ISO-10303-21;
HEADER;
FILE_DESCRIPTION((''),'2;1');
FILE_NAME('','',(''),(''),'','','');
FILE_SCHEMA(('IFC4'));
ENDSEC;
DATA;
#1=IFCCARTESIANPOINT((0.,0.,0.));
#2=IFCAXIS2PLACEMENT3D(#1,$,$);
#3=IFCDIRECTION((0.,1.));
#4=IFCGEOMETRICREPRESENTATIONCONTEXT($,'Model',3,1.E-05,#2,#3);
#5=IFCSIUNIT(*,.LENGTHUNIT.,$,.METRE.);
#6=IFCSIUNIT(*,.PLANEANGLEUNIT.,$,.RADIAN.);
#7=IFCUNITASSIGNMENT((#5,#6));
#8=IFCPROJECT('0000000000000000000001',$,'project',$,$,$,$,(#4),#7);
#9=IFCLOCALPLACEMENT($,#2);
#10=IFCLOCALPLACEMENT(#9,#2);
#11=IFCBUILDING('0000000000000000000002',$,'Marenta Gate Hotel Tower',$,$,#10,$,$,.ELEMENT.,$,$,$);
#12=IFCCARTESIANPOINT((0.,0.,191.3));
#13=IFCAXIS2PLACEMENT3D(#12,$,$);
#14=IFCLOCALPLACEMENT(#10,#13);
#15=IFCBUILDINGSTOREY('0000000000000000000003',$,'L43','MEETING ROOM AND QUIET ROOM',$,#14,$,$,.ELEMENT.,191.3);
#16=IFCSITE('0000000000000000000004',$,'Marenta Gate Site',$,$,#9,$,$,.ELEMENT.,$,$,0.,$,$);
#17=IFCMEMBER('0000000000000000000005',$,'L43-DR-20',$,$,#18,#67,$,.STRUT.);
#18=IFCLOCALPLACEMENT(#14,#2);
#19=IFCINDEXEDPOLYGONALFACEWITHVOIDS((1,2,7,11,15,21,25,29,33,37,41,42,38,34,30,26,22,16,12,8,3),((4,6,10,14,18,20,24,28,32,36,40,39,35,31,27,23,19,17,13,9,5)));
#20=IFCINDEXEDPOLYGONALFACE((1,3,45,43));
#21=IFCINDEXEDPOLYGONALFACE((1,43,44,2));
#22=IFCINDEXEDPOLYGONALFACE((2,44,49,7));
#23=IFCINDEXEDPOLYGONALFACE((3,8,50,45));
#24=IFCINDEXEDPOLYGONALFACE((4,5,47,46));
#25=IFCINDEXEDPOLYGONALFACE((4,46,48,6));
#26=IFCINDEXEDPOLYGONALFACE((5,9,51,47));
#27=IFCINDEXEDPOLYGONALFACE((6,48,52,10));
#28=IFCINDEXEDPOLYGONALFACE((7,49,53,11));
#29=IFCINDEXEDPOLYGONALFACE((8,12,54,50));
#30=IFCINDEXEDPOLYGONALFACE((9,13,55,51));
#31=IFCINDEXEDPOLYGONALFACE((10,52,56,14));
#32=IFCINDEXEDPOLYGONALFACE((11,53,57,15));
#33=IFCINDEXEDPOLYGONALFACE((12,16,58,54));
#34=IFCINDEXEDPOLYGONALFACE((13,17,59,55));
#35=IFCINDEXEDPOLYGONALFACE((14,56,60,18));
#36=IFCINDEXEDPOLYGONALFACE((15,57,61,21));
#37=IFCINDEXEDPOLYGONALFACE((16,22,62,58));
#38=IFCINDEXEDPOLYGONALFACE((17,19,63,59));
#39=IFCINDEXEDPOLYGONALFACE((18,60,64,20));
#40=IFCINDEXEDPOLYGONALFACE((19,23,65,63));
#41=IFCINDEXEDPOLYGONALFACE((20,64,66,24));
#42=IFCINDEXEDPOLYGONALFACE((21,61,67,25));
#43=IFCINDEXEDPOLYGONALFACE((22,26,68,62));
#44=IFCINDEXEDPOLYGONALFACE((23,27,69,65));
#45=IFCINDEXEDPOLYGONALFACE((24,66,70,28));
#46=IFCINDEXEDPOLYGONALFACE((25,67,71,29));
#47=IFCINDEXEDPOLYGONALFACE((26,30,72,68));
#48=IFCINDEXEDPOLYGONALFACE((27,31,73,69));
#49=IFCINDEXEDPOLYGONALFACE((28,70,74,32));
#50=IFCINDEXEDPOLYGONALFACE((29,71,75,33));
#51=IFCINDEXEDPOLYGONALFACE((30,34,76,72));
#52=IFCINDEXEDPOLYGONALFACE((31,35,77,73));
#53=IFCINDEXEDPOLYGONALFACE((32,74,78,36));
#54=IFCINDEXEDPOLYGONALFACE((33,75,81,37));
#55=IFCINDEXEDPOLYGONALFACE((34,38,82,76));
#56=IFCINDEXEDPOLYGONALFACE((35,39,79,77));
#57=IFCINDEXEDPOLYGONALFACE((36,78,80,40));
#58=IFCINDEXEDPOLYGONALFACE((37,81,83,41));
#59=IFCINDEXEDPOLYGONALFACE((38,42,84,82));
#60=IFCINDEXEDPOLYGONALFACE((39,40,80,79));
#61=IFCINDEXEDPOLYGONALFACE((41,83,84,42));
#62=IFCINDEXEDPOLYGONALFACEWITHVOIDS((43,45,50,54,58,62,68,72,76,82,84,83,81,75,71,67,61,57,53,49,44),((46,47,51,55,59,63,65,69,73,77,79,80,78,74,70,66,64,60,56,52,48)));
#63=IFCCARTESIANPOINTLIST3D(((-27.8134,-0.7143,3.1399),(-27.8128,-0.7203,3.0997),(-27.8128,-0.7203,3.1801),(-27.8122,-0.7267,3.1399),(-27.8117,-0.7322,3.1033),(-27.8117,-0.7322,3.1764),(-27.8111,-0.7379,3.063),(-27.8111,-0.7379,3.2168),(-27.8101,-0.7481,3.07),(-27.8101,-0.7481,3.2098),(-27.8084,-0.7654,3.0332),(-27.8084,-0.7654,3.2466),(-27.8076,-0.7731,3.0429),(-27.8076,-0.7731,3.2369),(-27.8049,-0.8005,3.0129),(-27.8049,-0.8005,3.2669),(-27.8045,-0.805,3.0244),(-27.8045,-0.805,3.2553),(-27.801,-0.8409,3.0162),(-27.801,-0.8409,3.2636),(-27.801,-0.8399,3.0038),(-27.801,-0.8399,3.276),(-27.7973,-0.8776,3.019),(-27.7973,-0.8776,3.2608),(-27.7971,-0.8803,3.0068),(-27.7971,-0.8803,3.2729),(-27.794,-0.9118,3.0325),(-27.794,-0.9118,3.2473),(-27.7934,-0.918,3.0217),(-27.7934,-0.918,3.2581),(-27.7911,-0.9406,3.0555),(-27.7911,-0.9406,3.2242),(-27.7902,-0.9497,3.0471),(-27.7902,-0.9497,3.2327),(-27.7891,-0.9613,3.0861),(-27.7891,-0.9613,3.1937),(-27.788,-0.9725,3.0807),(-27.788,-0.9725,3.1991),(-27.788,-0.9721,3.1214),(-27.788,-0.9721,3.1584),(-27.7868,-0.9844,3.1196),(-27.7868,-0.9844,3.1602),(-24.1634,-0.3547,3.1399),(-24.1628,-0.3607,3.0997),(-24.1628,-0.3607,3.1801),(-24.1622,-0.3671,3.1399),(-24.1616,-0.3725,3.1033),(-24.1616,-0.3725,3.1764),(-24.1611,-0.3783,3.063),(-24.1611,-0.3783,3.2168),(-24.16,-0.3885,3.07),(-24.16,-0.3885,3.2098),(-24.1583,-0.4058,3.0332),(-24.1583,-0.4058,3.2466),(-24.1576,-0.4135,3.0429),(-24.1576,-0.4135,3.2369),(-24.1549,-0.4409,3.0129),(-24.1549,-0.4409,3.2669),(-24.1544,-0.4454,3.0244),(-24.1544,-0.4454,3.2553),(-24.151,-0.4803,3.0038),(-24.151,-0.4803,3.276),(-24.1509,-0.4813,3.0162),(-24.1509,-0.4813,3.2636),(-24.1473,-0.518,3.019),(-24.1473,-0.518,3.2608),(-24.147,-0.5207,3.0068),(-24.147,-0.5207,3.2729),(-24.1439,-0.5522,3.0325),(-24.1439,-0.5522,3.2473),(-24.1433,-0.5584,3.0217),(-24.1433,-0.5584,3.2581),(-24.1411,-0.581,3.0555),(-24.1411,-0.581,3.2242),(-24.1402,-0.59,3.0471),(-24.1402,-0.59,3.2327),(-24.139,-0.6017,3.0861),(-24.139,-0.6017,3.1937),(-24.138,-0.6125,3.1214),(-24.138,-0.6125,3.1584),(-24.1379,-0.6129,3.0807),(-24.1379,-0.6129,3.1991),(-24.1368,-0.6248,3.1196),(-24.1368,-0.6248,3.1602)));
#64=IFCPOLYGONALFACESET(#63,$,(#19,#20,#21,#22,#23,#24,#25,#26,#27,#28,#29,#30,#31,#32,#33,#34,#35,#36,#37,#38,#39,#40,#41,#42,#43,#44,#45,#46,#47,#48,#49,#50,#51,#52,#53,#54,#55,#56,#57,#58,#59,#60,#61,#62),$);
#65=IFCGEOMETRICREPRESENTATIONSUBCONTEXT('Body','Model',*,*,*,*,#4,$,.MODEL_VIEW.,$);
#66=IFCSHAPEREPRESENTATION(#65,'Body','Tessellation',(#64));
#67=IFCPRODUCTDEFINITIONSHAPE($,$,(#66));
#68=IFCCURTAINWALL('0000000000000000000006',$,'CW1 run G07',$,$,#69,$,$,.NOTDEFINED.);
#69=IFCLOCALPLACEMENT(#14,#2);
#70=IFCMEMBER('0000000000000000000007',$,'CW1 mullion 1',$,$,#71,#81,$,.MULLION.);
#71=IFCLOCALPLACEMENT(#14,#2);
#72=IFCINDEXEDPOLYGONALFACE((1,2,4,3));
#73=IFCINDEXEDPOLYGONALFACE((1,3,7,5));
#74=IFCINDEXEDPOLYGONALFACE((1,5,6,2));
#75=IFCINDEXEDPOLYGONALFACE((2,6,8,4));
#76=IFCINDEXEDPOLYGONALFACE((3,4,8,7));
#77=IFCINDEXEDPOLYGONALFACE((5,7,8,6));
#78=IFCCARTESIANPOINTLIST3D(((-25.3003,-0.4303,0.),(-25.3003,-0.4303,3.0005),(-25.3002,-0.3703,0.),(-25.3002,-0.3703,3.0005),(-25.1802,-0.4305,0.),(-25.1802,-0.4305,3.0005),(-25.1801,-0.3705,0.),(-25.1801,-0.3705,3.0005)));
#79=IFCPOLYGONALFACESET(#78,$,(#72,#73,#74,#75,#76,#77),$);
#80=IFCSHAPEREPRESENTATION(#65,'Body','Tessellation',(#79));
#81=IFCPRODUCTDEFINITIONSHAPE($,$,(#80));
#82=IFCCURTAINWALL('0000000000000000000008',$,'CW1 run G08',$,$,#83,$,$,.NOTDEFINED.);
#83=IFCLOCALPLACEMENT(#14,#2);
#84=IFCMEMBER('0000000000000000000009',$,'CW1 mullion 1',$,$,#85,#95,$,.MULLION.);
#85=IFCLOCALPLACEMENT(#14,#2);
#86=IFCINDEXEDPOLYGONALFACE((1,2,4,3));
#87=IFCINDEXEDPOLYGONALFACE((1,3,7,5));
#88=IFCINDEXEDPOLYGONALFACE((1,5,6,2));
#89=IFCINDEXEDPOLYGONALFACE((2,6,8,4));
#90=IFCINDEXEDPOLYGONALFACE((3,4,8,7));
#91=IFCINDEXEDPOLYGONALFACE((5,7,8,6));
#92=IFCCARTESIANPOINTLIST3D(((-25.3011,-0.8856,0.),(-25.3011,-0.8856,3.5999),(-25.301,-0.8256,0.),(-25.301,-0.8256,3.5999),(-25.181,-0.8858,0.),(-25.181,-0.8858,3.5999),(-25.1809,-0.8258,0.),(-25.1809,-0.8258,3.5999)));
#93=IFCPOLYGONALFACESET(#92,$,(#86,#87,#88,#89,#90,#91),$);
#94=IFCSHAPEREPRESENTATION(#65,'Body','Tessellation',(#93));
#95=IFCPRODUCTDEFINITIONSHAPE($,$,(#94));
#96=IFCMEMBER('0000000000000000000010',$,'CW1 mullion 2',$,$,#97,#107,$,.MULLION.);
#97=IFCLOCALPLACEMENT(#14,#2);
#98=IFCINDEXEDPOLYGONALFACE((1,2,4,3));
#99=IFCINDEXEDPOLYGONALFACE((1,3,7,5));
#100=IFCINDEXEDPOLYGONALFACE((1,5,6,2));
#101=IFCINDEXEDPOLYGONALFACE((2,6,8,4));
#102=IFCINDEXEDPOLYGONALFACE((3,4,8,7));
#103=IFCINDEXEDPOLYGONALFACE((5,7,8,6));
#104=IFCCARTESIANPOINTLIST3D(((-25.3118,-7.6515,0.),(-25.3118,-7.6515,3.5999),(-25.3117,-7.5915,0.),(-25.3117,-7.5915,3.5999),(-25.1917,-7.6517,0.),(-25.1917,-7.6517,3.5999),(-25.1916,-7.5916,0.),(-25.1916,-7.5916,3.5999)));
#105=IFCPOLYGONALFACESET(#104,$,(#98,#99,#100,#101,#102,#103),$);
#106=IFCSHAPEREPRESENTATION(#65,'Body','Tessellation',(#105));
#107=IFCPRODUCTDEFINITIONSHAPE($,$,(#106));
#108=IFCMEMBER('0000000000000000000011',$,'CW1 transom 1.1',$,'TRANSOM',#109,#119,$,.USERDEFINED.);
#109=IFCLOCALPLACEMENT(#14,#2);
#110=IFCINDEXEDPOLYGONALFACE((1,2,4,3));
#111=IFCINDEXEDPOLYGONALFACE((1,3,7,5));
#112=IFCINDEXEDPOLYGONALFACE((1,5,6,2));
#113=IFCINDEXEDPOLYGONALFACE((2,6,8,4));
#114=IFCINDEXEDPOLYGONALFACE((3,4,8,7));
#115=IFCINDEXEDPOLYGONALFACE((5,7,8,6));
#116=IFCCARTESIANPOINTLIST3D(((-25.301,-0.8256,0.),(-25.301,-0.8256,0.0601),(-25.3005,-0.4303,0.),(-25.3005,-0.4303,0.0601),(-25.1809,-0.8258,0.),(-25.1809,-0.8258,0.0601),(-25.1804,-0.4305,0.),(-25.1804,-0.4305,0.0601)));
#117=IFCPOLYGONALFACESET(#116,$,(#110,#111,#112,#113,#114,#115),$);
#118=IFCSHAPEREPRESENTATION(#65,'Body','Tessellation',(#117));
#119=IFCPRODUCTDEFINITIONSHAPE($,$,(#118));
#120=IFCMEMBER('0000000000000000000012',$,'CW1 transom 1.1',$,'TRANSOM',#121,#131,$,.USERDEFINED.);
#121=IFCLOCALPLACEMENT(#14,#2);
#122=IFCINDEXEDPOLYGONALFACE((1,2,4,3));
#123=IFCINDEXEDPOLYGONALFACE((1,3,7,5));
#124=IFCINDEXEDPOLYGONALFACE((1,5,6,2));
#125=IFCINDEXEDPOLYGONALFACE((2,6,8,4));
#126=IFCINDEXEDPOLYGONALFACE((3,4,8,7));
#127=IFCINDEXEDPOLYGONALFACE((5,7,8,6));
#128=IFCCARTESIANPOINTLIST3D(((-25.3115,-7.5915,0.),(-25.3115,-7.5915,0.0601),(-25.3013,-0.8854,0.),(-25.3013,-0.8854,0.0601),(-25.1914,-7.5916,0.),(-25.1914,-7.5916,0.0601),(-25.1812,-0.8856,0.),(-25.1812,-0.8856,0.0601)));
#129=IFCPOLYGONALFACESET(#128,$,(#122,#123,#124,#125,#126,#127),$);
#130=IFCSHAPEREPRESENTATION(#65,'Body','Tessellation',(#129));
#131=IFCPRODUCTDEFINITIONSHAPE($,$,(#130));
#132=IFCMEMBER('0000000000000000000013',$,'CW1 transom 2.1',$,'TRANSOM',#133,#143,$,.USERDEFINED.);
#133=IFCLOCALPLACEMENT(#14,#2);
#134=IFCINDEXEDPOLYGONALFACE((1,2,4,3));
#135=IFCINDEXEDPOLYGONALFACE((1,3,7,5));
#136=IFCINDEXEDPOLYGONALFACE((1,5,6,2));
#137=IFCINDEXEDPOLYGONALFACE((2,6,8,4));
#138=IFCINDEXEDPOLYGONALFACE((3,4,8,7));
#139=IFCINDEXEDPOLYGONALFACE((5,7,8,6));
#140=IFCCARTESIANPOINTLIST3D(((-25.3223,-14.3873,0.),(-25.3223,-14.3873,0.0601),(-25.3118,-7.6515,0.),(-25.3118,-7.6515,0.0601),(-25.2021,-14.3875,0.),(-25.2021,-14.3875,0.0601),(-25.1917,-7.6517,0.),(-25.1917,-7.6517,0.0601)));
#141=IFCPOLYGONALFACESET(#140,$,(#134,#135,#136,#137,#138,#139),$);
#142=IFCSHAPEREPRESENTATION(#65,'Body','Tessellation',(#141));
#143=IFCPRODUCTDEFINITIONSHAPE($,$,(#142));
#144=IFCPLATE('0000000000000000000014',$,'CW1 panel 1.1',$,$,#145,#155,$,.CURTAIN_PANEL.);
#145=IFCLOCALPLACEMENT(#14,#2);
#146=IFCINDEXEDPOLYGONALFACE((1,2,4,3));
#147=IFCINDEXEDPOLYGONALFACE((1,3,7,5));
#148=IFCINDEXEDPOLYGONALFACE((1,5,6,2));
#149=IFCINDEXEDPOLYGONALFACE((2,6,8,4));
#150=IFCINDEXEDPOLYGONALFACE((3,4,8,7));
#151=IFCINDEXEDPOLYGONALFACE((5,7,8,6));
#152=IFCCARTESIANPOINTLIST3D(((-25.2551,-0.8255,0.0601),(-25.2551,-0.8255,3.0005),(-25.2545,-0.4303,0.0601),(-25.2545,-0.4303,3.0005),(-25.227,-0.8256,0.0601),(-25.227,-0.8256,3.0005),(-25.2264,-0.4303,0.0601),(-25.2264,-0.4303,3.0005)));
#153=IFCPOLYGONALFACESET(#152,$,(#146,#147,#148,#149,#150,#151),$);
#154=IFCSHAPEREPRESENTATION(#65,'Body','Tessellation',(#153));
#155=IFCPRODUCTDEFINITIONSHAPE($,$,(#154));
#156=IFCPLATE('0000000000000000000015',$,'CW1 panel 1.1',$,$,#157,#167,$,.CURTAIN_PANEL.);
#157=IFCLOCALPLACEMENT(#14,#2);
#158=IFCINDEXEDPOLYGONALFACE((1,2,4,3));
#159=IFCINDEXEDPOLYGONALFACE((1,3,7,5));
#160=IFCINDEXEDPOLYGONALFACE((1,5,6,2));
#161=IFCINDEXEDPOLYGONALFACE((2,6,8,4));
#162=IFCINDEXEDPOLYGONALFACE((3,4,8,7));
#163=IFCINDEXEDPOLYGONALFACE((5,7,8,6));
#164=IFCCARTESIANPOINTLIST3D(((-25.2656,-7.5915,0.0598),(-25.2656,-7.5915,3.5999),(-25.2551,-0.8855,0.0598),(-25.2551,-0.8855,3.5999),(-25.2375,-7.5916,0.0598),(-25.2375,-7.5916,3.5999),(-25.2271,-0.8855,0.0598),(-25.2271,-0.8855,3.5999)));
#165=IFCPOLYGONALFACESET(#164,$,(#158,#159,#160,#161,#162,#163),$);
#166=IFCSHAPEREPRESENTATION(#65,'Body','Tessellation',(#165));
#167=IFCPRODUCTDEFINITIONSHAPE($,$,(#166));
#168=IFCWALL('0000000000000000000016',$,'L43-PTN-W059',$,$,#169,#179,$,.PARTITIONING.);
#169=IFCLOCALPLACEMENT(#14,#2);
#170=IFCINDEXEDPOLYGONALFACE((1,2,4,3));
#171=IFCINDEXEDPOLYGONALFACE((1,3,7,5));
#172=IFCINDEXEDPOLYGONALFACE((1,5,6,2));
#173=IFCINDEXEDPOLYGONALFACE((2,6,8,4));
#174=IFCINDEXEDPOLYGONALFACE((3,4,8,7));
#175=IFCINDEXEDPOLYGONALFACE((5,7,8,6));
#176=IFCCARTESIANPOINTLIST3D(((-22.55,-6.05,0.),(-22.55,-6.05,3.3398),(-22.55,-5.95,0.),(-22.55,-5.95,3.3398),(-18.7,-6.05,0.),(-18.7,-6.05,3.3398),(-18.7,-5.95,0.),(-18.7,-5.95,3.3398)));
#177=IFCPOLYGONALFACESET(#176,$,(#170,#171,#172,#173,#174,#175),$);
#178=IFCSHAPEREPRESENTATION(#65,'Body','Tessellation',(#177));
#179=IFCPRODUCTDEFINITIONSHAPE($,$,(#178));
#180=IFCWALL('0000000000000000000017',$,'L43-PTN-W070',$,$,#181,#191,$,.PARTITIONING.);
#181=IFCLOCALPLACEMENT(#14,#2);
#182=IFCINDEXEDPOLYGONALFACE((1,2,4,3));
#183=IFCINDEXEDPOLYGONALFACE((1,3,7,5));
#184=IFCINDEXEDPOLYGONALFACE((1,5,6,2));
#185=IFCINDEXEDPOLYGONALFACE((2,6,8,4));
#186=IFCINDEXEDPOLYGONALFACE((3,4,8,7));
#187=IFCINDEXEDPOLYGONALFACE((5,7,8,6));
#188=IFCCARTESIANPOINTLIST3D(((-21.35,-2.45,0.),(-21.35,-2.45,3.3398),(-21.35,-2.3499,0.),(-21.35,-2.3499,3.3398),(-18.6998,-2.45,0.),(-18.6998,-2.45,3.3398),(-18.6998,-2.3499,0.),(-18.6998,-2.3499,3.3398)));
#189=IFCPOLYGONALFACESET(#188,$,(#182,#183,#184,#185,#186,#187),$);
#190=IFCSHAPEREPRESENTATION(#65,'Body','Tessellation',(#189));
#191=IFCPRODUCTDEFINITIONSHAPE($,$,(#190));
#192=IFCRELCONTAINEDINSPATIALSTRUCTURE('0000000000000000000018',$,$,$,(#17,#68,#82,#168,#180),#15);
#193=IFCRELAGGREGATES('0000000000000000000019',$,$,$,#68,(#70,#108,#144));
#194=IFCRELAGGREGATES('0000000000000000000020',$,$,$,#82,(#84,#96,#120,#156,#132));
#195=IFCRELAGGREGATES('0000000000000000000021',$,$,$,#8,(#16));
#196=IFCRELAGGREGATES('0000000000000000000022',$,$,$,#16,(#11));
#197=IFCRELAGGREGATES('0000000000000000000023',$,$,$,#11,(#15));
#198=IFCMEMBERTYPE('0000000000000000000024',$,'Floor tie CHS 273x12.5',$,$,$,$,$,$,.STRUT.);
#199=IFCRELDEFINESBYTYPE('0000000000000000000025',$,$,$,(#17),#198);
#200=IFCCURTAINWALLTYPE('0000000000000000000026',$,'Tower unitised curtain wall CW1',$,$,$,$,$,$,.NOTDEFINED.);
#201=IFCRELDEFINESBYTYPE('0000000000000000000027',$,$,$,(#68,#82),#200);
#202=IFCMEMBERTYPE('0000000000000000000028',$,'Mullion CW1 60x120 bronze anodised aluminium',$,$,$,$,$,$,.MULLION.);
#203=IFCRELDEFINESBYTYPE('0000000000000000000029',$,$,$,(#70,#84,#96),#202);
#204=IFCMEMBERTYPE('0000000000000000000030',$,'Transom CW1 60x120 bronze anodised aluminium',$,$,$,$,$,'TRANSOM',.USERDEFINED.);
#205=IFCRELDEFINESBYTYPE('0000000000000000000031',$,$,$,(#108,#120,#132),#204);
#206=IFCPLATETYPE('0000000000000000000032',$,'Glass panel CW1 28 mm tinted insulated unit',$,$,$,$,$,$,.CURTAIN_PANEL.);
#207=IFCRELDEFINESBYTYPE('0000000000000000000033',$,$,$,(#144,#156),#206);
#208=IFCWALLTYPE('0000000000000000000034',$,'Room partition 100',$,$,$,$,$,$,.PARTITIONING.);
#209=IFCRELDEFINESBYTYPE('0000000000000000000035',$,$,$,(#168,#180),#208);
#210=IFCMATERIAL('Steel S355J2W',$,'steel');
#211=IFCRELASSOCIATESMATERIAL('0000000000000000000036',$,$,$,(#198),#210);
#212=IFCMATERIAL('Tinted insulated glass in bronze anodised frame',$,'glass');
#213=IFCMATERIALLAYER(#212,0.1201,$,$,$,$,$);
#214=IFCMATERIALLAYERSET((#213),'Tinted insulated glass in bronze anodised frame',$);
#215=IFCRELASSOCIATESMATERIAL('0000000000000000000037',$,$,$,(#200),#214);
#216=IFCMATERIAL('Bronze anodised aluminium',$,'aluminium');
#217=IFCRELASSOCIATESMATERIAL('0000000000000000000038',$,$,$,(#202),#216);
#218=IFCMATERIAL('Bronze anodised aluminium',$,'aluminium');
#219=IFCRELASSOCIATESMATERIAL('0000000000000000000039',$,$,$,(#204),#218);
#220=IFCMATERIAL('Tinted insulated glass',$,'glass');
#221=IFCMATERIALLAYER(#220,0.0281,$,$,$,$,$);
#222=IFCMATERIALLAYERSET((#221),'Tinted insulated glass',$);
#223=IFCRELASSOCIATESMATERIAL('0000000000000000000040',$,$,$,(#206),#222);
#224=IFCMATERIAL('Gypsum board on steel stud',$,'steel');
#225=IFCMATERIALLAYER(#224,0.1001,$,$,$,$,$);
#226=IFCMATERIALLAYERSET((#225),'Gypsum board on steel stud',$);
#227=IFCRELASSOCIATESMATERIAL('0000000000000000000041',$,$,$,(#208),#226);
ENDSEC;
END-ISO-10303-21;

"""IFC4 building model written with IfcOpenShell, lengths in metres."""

from ifc_helpers import new_model, si_unit, direction, frame, frame_2d, origin, origin_2d, place, context, subcontext, project, spatial, rectangle, hollow_circle, extrude, material, layer, layer_set, material_profile, profile_set, type_object, element, aggregate, save


model = new_model("IFC4")

# Units and contexts
model_context = context("Model", 3, precision=1e-05, world=origin(), true_north=direction((0.0, 1.0)))
body_context = subcontext(model_context, "Body", "Model", "MODEL_VIEW")
ifc_project = project(units=[si_unit("LENGTHUNIT", "METRE"), si_unit("PLANEANGLEUNIT", "RADIAN")], contexts=[model_context])

# Site, building, storey
site_placement = place(None, origin())
site = spatial("IfcSite", under=ifc_project, at=site_placement, Name="Marenta Gate Site", CompositionType="ELEMENT", RefElevation=0.0)
building_placement = place(site_placement, origin())
building = spatial("IfcBuilding", under=site, at=building_placement, Name="Marenta Gate Hotel Tower", CompositionType="ELEMENT")
storey_placement = place(building_placement, frame((0.0, 0.0, 191.3)))
storey = spatial("IfcBuildingStorey", under=building, at=storey_placement, Name="L43", Description="MEETING ROOM AND QUIET ROOM", CompositionType="ELEMENT", Elevation=191.3)

# Member
ifc_material_1 = material(Name="Steel S355J2W", Category="steel")
ifc_material_profile_1 = material_profile(ifc_material_1, hollow_circle(Radius=0.1365, WallThickness=0.0125, at=origin_2d()), Name="CHS 273x12.5")
ifc_profile_set_1 = profile_set([ifc_material_profile_1], Name="Steel S355J2W")
member_type_1 = type_object("IfcMemberType", Name="Floor tie CHS 273x12.5", PredefinedType="STRUT", material=ifc_profile_set_1)
member_1_placement = place(storey_placement, frame((-27.8, -0.8501, 3.1399), z_axis=(0.995182, 0.098047, 0.0), x_axis=(-0.098047, 0.995182, 0.0)))
element("IfcMember", 1, at=member_1_placement, inside=storey, type_object=member_type_1, Name="L43-DR-20", PredefinedType="STRUT", context=body_context, shape_type="SweptSolid", body=[
    extrude(hollow_circle(Radius=0.1365, WallThickness=0.0125, at=origin_2d()), origin(), (0.0, 0.0, 1.0), 3.6677),
])

# Curtain wall, member
ifc_material_2 = material(Name="Tinted insulated glass in bronze anodised frame", Category="glass")
ifc_layer_1 = layer(ifc_material_2, 0.1201)
ifc_layer_set_1 = layer_set([ifc_layer_1], Name="Tinted insulated glass in bronze anodised frame")
curtain_wall_type = type_object("IfcCurtainWallType", Name="Tower unitised curtain wall CW1", PredefinedType="NOTDEFINED", material=ifc_layer_set_1)
curtain_wall_1_placement = place(storey_placement, origin())
curtain_wall_1 = element("IfcCurtainWall", 2, at=curtain_wall_1_placement, inside=storey, type_object=curtain_wall_type, Name="CW1 run G07", PredefinedType="NOTDEFINED")
ifc_material_3 = material(Name="Bronze anodised aluminium", Category="aluminium")
ifc_material_profile_2 = material_profile(ifc_material_3, rectangle(XDim=0.1201, YDim=0.0601, at=origin_2d()), Name="Mullion CW1 60x120 bronze anodised aluminium")
ifc_profile_set_2 = profile_set([ifc_material_profile_2], Name="Bronze anodised aluminium")
member_type_2 = type_object("IfcMemberType", Name="Mullion CW1 60x120 bronze anodised aluminium", PredefinedType="MULLION", material=ifc_profile_set_2)
member_2_placement = place(storey_placement, frame((-25.2402, -0.4004, 0.0), z_axis=(0.0, 0.0, 1.0), x_axis=(0.999999, -0.001538, 0.0)))
member_2 = element("IfcMember", 3, at=member_2_placement, type_object=member_type_2, Name="CW1 mullion 1", PredefinedType="MULLION", context=body_context, shape_type="SweptSolid", body=[
    extrude(rectangle(XDim=0.1201, YDim=0.0601, at=origin_2d()), origin(), (0.0, 0.0, 1.0), 3.0005),
])

# Curtain wall, members
curtain_wall_2_placement = place(storey_placement, origin())
curtain_wall_2 = element("IfcCurtainWall", 4, at=curtain_wall_2_placement, inside=storey, type_object=curtain_wall_type, Name="CW1 run G08", PredefinedType="NOTDEFINED")
member_3_placement = place(storey_placement, frame((-25.241, -0.8557, 0.0), z_axis=(0.0, 0.0, 1.0), x_axis=(0.999999, -0.001565, 0.0)))
member_3 = element("IfcMember", 5, at=member_3_placement, type_object=member_type_2, Name="CW1 mullion 1", PredefinedType="MULLION", context=body_context, shape_type="SweptSolid", body=[
    extrude(rectangle(XDim=0.1201, YDim=0.0601, at=origin_2d()), origin(), (0.0, 0.0, 1.0), 3.5999),
])
member_4_placement = place(storey_placement, frame((-25.2517, -7.6216, 0.0), z_axis=(0.0, 0.0, 1.0), x_axis=(0.999999, -0.001565, 0.0)))
member_4 = element("IfcMember", 6, at=member_4_placement, type_object=member_type_2, Name="CW1 mullion 2", PredefinedType="MULLION", context=body_context, shape_type="SweptSolid", body=[
    extrude(rectangle(XDim=0.1201, YDim=0.0601, at=origin_2d()), origin(), (0.0, 0.0, 1.0), 3.5999),
])

# Members
ifc_material_4 = material(Name="Bronze anodised aluminium", Category="aluminium")
ifc_material_profile_3 = material_profile(ifc_material_4, rectangle(XDim=0.1201, YDim=0.0601, at=origin_2d()), Name="Transom CW1 60x120 bronze anodised aluminium")
ifc_profile_set_3 = profile_set([ifc_material_profile_3], Name="Bronze anodised aluminium")
member_type_3 = type_object("IfcMemberType", Name="Transom CW1 60x120 bronze anodised aluminium", ElementType="TRANSOM", PredefinedType="USERDEFINED", material=ifc_profile_set_3)
member_5_placement = place(storey_placement, frame((-25.2405, -0.4304, 0.03), z_axis=(-0.001235, -0.999999, 0.0), x_axis=(0.999999, -0.001235, 0.0)))
member_5 = element("IfcMember", 7, at=member_5_placement, type_object=member_type_3, Name="CW1 transom 1.1", ObjectType="TRANSOM", PredefinedType="USERDEFINED", context=body_context, shape_type="SweptSolid", body=[
    extrude(rectangle(XDim=0.1201, YDim=0.0601, at=origin_2d()), origin(), (0.0, 0.0, 1.0), 0.3953),
])
member_6_placement = place(storey_placement, frame((-25.2412, -0.8855, 0.03), z_axis=(-0.001529, -0.999999, 0.0), x_axis=(0.999999, -0.001529, 0.0)))
member_6 = element("IfcMember", 8, at=member_6_placement, type_object=member_type_3, Name="CW1 transom 1.1", ObjectType="TRANSOM", PredefinedType="USERDEFINED", context=body_context, shape_type="SweptSolid", body=[
    extrude(rectangle(XDim=0.1201, YDim=0.0601, at=origin_2d()), origin(), (0.0, 0.0, 1.0), 6.7061),
])
member_7_placement = place(storey_placement, frame((-25.2517, -7.6516, 0.03), z_axis=(-0.001559, -0.999999, 0.0), x_axis=(0.999999, -0.001559, 0.0)))
member_7 = element("IfcMember", 9, at=member_7_placement, type_object=member_type_3, Name="CW1 transom 2.1", ObjectType="TRANSOM", PredefinedType="USERDEFINED", context=body_context, shape_type="SweptSolid", body=[
    extrude(rectangle(XDim=0.1201, YDim=0.0601, at=origin_2d()), origin(), (0.0, 0.0, 1.0), 6.7358),
])

# Plates
ifc_material_5 = material(Name="Tinted insulated glass", Category="glass")
ifc_layer_2 = layer(ifc_material_5, 0.0281)
ifc_layer_set_2 = layer_set([ifc_layer_2], Name="Tinted insulated glass")
plate_type = type_object("IfcPlateType", Name="Glass panel CW1 28 mm tinted insulated unit", PredefinedType="CURTAIN_PANEL", material=ifc_layer_set_2)
plate_1_placement = place(storey_placement, frame((-25.2407, -0.6279, 0.0601), z_axis=(0.0, 0.0, 1.0), x_axis=(-0.001538, -0.999999, 0.0)))
plate_1 = element("IfcPlate", 10, at=plate_1_placement, type_object=plate_type, Name="CW1 panel 1.1", PredefinedType="CURTAIN_PANEL", context=body_context, shape_type="SweptSolid", body=[
    extrude(rectangle(XDim=0.3953, YDim=0.0281, at=origin_2d()), origin(), (0.0, 0.0, 1.0), 2.9404),
])
aggregate(curtain_wall_1, [member_2, member_5, plate_1])
plate_2_placement = place(storey_placement, frame((-25.2463, -4.2385, 0.0598), z_axis=(0.0, 0.0, 1.0), x_axis=(-0.001565, -0.999999, 0.0)))
plate_2 = element("IfcPlate", 11, at=plate_2_placement, type_object=plate_type, Name="CW1 panel 1.1", PredefinedType="CURTAIN_PANEL", context=body_context, shape_type="SweptSolid", body=[
    extrude(rectangle(XDim=6.7061, YDim=0.0281, at=origin_2d()), origin(), (0.0, 0.0, 1.0), 3.54),
])
aggregate(curtain_wall_2, [member_3, member_4, member_6, plate_2, member_7])

# Walls
ifc_material_6 = material(Name="Gypsum board on steel stud", Category="steel")
ifc_layer_3 = layer(ifc_material_6, 0.1001)
ifc_layer_set_3 = layer_set([ifc_layer_3], Name="Gypsum board on steel stud")
wall_type_1 = type_object("IfcWallType", Name="Room partition 100", PredefinedType="PARTITIONING", material=ifc_layer_set_3)
wall_1_placement = place(storey_placement, frame((-22.55, -6.0, 0.0), z_axis=(0.0, 0.0, 1.0), x_axis=(1.0, 0.0, 0.0)))
element("IfcWall", 12, at=wall_1_placement, inside=storey, type_object=wall_type_1, Name="L43-PTN-W059", PredefinedType="PARTITIONING", context=body_context, shape_type="SweptSolid", body=[
    extrude(rectangle(XDim=3.8501, YDim=0.1001, at=frame_2d((1.925, 0.0))), origin(), (0.0, 0.0, 1.0), 3.3398),
])
wall_2_placement = place(storey_placement, frame((-21.3501, -2.3999, 0.0), z_axis=(0.0, 0.0, 1.0), x_axis=(1.0, 0.0, 0.0)))
element("IfcWall", 13, at=wall_2_placement, inside=storey, type_object=wall_type_1, Name="L43-PTN-W070", PredefinedType="PARTITIONING", context=body_context, shape_type="SweptSolid", body=[
    extrude(rectangle(XDim=2.6501, YDim=0.1001, at=frame_2d((1.3252, 0.0))), origin(), (0.0, 0.0, 1.0), 3.3398),
])

save(model, "model.ifc")
